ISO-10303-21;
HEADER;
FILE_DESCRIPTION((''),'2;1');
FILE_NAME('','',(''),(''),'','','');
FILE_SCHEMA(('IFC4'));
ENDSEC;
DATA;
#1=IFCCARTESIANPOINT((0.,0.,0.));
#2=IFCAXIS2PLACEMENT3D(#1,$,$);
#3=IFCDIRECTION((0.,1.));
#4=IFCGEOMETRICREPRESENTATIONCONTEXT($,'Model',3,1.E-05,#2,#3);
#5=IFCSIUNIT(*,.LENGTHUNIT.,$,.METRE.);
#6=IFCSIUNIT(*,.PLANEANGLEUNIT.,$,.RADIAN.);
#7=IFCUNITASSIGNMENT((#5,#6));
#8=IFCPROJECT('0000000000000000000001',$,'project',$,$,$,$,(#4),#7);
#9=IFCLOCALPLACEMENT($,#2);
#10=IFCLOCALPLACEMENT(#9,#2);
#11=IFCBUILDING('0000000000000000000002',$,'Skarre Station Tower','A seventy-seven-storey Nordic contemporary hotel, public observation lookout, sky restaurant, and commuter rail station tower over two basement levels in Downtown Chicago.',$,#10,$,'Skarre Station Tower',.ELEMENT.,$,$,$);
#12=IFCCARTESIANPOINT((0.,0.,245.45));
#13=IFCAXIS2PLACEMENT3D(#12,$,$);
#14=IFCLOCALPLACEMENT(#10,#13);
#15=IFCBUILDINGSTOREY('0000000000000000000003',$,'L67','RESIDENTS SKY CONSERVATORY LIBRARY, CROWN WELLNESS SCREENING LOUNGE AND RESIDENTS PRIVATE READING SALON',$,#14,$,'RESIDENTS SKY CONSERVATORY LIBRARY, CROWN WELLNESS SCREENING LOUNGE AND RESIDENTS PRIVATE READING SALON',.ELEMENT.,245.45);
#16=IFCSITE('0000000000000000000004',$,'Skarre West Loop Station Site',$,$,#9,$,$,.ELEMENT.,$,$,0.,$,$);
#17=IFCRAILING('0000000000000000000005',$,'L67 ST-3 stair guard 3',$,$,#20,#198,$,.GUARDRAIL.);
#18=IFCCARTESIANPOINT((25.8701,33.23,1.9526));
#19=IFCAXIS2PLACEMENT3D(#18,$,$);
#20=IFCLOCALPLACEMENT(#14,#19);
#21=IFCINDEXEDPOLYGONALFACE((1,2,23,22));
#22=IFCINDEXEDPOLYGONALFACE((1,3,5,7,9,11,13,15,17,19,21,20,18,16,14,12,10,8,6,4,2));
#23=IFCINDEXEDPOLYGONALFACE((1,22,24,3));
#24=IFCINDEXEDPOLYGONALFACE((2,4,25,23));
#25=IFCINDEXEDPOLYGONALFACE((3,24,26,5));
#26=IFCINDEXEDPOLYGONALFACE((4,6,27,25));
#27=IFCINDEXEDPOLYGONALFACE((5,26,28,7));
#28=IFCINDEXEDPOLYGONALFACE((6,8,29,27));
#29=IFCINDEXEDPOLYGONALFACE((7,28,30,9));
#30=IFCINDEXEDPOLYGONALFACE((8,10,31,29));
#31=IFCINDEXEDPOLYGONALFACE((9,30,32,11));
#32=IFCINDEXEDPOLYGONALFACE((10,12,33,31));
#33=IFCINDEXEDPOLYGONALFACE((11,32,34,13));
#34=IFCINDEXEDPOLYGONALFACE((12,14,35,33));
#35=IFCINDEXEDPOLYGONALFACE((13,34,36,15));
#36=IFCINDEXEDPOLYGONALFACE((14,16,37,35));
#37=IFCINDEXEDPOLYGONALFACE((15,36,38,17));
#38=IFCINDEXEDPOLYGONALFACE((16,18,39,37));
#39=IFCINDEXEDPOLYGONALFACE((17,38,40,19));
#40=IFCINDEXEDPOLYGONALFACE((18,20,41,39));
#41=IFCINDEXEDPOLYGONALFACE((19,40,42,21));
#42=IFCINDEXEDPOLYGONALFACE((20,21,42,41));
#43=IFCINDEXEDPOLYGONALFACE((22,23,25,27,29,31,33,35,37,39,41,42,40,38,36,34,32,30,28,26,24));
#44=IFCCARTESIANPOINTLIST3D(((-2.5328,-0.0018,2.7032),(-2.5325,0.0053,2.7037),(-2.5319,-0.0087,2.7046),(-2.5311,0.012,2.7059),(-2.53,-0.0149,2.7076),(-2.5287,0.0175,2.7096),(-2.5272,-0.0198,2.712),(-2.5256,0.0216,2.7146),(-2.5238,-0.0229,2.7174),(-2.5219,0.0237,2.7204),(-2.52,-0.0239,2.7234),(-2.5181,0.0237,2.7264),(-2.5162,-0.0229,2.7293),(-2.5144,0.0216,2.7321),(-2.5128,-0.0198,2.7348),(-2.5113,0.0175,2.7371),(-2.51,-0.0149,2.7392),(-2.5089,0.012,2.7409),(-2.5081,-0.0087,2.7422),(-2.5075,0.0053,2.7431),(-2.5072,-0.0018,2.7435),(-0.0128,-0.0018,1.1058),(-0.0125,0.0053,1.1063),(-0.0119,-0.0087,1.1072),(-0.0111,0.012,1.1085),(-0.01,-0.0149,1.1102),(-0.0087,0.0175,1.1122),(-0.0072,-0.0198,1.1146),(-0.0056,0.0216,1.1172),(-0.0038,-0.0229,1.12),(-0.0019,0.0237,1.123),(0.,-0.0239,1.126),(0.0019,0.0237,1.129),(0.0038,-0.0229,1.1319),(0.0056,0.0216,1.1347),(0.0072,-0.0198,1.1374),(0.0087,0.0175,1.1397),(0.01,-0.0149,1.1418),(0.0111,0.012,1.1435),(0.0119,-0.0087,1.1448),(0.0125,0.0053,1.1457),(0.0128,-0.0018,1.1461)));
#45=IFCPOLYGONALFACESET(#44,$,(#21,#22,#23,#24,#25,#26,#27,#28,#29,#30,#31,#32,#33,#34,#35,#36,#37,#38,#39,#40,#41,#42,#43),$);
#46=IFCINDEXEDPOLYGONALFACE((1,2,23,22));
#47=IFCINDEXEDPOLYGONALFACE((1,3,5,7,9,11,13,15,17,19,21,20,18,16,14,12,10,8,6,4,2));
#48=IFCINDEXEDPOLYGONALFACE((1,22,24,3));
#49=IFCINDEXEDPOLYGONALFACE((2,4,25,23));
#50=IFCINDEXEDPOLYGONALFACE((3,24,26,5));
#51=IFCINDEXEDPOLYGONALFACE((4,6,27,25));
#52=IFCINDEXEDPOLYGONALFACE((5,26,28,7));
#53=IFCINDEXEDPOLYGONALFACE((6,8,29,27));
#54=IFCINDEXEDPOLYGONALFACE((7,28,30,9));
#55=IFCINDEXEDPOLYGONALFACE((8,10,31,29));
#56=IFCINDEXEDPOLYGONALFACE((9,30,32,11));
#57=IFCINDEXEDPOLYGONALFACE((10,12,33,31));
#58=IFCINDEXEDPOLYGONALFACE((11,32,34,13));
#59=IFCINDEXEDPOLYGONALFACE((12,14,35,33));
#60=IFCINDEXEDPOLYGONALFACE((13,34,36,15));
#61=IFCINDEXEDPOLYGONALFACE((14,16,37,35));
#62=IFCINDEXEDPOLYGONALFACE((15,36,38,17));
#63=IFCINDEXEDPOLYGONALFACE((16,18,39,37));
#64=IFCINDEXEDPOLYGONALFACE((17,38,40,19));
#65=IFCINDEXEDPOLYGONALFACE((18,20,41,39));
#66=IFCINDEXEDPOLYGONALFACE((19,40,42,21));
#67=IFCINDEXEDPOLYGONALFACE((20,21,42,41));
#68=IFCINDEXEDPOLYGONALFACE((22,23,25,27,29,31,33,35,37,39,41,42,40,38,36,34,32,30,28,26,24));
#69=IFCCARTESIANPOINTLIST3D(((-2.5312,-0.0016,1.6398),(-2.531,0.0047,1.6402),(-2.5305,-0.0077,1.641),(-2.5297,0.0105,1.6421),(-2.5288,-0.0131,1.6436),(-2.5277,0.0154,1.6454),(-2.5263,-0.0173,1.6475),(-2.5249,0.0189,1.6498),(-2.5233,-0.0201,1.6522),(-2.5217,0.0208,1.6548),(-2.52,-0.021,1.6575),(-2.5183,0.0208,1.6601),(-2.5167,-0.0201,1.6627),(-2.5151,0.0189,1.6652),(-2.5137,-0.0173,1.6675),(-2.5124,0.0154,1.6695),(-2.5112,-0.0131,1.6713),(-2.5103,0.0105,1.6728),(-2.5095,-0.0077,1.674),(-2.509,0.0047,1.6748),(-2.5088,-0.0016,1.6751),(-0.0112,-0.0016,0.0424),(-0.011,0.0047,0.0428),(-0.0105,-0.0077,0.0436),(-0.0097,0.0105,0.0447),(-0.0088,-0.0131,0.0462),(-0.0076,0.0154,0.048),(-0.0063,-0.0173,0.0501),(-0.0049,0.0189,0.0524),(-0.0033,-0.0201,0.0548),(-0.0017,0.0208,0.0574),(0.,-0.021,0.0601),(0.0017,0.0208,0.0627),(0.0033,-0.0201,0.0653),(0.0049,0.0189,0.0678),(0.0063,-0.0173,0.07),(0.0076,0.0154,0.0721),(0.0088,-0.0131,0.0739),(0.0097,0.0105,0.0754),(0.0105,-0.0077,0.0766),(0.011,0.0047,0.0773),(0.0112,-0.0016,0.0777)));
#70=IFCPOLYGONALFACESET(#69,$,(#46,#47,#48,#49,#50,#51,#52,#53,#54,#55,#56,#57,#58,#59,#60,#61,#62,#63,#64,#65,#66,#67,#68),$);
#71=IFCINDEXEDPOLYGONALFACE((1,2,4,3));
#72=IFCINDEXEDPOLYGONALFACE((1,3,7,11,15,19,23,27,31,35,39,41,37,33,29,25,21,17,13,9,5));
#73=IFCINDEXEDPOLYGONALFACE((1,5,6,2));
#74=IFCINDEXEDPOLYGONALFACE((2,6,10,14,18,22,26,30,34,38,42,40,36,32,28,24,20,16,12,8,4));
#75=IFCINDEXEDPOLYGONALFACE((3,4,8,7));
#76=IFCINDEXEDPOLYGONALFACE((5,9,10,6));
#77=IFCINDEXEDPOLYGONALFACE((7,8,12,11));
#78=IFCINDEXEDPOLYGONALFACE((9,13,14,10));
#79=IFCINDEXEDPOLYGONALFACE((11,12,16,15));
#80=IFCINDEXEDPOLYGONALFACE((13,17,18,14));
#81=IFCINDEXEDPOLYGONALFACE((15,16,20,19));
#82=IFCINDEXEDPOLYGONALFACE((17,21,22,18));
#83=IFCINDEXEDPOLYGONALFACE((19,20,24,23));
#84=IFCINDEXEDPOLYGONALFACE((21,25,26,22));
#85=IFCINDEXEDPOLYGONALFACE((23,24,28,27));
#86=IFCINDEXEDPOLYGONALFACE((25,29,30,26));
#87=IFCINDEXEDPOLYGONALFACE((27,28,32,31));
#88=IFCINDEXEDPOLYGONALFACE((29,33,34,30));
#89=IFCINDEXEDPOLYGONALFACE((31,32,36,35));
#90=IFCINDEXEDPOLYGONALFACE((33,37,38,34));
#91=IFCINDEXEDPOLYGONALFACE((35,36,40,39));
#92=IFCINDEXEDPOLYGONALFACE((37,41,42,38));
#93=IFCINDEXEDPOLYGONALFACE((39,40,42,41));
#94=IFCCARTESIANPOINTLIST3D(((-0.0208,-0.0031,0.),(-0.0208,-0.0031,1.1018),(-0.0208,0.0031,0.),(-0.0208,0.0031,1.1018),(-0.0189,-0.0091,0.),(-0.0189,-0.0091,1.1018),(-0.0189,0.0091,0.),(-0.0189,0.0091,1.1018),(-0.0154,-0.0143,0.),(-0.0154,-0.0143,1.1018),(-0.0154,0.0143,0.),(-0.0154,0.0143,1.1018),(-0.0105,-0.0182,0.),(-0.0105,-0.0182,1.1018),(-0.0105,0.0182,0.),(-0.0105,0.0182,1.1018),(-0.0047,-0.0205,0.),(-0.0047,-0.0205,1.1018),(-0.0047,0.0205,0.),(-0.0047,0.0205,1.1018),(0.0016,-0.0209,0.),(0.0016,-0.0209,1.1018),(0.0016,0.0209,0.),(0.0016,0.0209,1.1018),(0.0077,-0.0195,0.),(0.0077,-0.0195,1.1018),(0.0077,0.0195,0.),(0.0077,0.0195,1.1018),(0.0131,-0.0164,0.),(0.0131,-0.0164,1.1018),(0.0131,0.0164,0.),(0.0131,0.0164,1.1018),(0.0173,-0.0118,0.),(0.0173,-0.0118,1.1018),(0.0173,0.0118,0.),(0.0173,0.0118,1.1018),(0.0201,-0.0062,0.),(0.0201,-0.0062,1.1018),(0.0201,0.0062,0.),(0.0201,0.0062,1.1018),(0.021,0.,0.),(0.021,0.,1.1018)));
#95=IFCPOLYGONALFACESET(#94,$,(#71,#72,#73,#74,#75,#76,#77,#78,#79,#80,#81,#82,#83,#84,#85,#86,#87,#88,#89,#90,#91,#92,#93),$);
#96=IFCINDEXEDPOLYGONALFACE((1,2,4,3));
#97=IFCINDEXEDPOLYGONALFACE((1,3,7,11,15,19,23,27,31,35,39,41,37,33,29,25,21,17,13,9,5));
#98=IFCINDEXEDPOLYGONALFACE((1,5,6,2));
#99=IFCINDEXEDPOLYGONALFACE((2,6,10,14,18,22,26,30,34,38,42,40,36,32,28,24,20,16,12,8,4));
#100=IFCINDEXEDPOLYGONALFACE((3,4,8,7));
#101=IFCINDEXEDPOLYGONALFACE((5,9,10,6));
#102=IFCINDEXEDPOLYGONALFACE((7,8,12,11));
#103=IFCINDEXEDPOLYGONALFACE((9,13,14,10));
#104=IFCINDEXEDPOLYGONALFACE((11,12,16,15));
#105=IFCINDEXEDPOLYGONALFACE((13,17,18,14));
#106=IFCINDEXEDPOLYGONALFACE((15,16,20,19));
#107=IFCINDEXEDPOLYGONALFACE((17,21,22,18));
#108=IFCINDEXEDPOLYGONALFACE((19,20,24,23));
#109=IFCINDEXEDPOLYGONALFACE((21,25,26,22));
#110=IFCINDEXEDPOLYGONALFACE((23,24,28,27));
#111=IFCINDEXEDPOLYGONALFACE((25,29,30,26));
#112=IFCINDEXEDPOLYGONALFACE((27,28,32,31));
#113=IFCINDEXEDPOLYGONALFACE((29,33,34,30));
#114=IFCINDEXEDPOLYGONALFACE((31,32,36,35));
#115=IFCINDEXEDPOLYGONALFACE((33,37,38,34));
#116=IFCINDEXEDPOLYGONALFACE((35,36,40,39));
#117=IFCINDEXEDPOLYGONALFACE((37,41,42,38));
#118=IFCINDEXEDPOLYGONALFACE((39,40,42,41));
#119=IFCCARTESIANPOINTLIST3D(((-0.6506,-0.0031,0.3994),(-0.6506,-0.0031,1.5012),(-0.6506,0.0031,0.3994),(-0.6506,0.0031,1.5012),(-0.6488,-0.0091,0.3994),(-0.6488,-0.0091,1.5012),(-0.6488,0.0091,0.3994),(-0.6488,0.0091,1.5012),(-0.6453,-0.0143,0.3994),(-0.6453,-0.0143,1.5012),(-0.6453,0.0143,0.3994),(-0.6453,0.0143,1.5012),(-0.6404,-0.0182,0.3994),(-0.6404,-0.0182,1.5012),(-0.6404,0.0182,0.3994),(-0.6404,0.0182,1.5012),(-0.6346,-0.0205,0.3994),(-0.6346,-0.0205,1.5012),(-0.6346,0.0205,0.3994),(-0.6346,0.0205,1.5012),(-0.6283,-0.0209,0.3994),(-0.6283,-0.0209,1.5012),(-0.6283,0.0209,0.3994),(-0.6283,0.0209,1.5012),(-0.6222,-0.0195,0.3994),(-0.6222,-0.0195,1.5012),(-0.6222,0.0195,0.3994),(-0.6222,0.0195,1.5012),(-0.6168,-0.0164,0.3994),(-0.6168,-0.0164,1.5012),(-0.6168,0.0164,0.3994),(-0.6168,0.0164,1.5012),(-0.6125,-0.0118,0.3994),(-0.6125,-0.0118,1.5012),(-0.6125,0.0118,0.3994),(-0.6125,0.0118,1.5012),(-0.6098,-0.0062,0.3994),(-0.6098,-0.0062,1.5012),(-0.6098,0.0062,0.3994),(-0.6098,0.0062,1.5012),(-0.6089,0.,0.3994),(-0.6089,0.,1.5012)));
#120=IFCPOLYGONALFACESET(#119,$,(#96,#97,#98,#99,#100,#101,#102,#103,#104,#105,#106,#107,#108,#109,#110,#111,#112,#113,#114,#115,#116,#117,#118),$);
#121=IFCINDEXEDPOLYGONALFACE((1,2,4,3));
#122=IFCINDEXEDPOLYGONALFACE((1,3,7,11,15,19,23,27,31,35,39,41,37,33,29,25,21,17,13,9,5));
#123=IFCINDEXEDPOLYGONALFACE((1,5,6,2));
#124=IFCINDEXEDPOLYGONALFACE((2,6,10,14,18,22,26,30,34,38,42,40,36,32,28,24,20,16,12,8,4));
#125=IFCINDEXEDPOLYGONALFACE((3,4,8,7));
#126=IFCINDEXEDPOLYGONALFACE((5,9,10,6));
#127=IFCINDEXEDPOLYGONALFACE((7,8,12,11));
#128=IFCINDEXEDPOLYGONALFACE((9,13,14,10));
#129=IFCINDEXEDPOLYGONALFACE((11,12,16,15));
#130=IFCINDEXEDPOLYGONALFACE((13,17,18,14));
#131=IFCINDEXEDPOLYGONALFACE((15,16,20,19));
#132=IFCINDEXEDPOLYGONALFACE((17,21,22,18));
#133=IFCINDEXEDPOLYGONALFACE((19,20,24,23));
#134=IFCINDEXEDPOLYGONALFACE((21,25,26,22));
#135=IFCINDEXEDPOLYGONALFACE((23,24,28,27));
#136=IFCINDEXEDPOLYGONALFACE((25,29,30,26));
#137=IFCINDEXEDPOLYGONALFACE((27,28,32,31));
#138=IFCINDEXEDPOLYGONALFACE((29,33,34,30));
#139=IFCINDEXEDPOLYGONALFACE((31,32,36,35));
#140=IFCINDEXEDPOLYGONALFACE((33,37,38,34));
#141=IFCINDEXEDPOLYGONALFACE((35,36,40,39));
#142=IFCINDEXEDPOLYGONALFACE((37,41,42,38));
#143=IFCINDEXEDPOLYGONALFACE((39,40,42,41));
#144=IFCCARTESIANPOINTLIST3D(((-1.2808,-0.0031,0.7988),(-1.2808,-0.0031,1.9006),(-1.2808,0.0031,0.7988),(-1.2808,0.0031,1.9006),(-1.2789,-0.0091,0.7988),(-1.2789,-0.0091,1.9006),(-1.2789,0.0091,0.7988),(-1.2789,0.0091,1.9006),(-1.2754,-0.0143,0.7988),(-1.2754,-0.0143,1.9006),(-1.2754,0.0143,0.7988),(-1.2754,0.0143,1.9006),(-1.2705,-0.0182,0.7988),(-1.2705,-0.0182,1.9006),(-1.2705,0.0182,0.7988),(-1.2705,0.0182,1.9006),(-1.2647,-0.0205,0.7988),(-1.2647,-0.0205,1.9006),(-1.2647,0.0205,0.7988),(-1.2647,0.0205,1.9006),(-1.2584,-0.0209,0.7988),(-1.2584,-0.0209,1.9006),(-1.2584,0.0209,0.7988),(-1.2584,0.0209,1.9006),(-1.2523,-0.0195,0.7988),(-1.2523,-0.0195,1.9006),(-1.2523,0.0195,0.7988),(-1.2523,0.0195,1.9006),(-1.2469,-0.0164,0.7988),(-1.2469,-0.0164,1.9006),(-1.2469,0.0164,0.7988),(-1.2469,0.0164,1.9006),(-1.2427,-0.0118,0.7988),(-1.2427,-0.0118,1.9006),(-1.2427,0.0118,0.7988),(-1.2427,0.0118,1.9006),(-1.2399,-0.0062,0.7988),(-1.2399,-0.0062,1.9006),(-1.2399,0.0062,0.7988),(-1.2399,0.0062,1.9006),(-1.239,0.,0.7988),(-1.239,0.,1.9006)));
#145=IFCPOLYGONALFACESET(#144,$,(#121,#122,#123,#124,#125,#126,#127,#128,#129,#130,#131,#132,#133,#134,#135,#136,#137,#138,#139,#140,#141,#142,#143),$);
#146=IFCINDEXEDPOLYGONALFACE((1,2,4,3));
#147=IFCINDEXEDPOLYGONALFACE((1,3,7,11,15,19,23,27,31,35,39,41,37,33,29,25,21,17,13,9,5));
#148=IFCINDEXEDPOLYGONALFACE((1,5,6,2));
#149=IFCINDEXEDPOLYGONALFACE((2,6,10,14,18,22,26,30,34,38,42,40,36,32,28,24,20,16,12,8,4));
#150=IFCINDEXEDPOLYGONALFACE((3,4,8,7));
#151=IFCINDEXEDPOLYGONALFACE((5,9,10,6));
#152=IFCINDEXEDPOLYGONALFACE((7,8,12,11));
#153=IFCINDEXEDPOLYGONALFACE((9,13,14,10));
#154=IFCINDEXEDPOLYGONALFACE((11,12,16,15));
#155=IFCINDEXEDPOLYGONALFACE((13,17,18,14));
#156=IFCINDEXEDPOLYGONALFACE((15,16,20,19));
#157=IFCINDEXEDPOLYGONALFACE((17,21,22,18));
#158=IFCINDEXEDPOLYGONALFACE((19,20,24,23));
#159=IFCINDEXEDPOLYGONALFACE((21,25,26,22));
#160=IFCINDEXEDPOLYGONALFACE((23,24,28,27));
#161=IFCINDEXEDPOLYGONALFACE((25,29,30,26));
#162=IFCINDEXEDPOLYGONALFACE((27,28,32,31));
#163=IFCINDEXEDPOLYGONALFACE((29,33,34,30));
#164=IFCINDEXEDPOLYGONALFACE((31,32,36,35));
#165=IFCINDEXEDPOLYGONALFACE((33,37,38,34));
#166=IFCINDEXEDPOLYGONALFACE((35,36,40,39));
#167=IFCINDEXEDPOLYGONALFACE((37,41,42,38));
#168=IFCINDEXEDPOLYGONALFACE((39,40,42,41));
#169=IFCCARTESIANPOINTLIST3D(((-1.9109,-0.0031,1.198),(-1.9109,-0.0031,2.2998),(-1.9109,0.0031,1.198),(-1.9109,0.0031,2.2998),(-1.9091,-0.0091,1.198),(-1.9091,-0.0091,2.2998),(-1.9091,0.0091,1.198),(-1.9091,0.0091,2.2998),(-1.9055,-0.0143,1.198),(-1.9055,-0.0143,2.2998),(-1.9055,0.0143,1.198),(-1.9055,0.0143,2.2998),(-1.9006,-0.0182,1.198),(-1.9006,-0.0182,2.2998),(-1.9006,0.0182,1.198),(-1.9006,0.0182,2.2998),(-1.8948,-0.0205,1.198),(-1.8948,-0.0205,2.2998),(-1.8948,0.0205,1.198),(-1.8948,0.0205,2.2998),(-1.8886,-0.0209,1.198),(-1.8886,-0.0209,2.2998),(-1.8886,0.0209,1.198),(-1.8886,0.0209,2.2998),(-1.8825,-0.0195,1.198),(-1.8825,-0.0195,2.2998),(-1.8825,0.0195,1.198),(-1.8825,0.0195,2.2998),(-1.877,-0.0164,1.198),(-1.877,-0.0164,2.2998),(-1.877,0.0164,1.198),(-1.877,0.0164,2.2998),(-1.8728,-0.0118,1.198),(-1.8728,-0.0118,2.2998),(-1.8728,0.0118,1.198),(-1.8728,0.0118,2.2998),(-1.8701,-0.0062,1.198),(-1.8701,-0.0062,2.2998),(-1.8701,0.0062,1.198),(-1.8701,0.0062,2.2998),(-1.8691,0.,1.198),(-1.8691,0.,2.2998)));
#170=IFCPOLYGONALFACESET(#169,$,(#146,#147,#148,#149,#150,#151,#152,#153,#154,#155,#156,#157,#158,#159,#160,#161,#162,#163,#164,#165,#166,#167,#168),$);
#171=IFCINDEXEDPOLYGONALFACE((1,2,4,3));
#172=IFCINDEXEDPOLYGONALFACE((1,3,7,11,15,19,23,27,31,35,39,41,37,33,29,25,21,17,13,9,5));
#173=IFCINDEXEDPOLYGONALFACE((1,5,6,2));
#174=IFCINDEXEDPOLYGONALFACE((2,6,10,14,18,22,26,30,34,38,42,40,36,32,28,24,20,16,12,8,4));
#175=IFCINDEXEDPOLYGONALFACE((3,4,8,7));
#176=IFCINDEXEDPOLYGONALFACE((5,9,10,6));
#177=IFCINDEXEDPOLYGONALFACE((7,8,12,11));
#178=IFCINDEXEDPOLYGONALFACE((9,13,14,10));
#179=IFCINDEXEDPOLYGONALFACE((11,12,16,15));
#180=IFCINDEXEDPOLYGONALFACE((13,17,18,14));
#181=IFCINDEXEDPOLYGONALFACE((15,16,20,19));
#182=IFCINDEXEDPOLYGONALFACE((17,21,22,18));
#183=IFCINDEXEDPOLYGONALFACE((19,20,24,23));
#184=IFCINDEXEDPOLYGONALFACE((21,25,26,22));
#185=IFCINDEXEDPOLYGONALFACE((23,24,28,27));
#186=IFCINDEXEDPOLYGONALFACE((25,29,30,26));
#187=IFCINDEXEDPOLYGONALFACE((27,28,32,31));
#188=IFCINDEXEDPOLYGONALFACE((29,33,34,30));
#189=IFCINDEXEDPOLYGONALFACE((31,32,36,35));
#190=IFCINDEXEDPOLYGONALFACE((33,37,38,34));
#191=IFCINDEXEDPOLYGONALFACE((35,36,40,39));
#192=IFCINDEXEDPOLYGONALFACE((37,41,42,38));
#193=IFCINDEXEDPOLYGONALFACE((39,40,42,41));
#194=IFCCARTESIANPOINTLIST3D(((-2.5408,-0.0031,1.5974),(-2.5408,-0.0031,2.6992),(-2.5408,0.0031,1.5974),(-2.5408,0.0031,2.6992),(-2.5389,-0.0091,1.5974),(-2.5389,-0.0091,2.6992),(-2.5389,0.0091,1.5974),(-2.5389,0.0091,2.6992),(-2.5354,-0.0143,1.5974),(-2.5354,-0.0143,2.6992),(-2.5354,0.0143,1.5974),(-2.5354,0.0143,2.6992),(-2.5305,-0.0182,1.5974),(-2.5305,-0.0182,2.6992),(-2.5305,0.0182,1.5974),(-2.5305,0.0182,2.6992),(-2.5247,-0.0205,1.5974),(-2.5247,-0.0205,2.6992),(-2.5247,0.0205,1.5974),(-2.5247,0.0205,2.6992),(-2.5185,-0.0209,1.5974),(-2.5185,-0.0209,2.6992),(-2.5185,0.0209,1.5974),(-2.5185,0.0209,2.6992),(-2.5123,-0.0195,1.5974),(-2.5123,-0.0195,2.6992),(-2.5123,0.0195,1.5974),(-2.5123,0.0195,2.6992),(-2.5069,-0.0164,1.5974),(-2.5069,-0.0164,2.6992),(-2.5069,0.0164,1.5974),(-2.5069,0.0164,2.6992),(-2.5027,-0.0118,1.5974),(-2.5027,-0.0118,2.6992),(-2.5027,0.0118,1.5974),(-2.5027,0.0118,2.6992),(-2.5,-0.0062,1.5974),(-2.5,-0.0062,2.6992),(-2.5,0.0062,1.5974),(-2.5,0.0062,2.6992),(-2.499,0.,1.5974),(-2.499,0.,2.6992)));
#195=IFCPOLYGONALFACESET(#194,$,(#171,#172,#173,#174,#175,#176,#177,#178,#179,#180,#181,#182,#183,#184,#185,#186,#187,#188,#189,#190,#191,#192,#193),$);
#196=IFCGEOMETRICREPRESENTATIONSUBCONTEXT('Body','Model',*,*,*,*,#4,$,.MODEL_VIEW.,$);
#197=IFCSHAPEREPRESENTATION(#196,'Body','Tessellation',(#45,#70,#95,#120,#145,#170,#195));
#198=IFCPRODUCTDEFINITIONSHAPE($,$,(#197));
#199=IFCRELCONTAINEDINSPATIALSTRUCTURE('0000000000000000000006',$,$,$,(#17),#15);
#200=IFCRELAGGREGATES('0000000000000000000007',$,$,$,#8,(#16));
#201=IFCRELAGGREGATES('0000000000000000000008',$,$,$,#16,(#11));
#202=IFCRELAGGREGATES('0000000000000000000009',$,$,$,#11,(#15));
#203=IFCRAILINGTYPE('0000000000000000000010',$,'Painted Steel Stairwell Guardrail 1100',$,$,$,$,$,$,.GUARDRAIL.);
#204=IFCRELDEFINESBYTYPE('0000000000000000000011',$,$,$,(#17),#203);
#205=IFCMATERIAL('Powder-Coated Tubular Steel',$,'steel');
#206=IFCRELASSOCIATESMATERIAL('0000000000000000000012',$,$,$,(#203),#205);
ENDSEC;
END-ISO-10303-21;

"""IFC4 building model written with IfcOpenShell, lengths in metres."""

from ifc_helpers import new_model, si_unit, direction, frame, origin, origin_2d, place, context, subcontext, project, spatial, circle, extrude, material, type_object, element, save


model = new_model("IFC4")

# Units and contexts
model_context = context("Model", 3, precision=1e-05, world=origin(), true_north=direction((0.0, 1.0)))
body_context = subcontext(model_context, "Body", "Model", "MODEL_VIEW")
ifc_project = project(units=[si_unit("LENGTHUNIT", "METRE"), si_unit("PLANEANGLEUNIT", "RADIAN")], contexts=[model_context])

# Site, building, storey
site_placement = place(None, origin())
site = spatial("IfcSite", under=ifc_project, at=site_placement, Name="Skarre West Loop Station Site", CompositionType="ELEMENT", RefElevation=0.0)
building_placement = place(site_placement, origin())
building = spatial("IfcBuilding", under=site, at=building_placement, Name="Skarre Station Tower", Description="A seventy-seven-storey Nordic contemporary hotel, public observation lookout, sky restaurant, and commuter rail station tower over two basement levels in Downtown Chicago.", LongName="Skarre Station Tower", CompositionType="ELEMENT")
storey_placement = place(building_placement, frame((0.0, 0.0, 245.45)))
storey = spatial("IfcBuildingStorey", under=building, at=storey_placement, Name="L67", Description="RESIDENTS SKY CONSERVATORY LIBRARY, CROWN WELLNESS SCREENING LOUNGE AND RESIDENTS PRIVATE READING SALON", LongName="RESIDENTS SKY CONSERVATORY LIBRARY, CROWN WELLNESS SCREENING LOUNGE AND RESIDENTS PRIVATE READING SALON", CompositionType="ELEMENT", Elevation=245.45)

# Railing
ifc_material_1 = material(Name="Powder-Coated Tubular Steel", Category="steel")
railing_type_1 = type_object("IfcRailingType", Name="Painted Steel Stairwell Guardrail 1100", PredefinedType="GUARDRAIL", material=ifc_material_1)
railing_1_placement = place(storey_placement, frame((25.8701, 33.23, 1.9526)))
element("IfcRailing", 1, at=railing_1_placement, inside=storey, type_object=railing_type_1, Name="L67 ST-3 stair guard 3", PredefinedType="GUARDRAIL", context=body_context, shape_type="SweptSolid", body=[
    extrude(circle(Radius=0.0239, at=origin_2d()), frame((0.0, 0.0, 1.126), z_axis=(-0.844607, 0.0, 0.535387), x_axis=(0.0, -1.0, 0.0)), (0.0, 0.0, 1.0), 2.9836),
    extrude(circle(Radius=0.021, at=origin_2d()), frame((0.0, 0.0, 0.0601), z_axis=(-0.844607, 0.0, 0.535387), x_axis=(0.0, -1.0, 0.0)), (0.0, 0.0, 1.0), 2.9836),
    extrude(circle(Radius=0.021, at=origin_2d()), origin(), (0.0, 0.0, 1.0), 1.1018),
    extrude(circle(Radius=0.021, at=origin_2d()), frame((-0.6299, 0.0, 0.3994)), (0.0, 0.0, 1.0), 1.1018),
    extrude(circle(Radius=0.021, at=origin_2d()), frame((-1.26, 0.0, 0.7988)), (0.0, 0.0, 1.0), 1.1018),
    extrude(circle(Radius=0.021, at=origin_2d()), frame((-1.8901, 0.0, 1.198)), (0.0, 0.0, 1.0), 1.1018),
    extrude(circle(Radius=0.021, at=origin_2d()), frame((-2.52, 0.0, 1.5974)), (0.0, 0.0, 1.0), 1.1018),
])

save(model, "model.ifc")
